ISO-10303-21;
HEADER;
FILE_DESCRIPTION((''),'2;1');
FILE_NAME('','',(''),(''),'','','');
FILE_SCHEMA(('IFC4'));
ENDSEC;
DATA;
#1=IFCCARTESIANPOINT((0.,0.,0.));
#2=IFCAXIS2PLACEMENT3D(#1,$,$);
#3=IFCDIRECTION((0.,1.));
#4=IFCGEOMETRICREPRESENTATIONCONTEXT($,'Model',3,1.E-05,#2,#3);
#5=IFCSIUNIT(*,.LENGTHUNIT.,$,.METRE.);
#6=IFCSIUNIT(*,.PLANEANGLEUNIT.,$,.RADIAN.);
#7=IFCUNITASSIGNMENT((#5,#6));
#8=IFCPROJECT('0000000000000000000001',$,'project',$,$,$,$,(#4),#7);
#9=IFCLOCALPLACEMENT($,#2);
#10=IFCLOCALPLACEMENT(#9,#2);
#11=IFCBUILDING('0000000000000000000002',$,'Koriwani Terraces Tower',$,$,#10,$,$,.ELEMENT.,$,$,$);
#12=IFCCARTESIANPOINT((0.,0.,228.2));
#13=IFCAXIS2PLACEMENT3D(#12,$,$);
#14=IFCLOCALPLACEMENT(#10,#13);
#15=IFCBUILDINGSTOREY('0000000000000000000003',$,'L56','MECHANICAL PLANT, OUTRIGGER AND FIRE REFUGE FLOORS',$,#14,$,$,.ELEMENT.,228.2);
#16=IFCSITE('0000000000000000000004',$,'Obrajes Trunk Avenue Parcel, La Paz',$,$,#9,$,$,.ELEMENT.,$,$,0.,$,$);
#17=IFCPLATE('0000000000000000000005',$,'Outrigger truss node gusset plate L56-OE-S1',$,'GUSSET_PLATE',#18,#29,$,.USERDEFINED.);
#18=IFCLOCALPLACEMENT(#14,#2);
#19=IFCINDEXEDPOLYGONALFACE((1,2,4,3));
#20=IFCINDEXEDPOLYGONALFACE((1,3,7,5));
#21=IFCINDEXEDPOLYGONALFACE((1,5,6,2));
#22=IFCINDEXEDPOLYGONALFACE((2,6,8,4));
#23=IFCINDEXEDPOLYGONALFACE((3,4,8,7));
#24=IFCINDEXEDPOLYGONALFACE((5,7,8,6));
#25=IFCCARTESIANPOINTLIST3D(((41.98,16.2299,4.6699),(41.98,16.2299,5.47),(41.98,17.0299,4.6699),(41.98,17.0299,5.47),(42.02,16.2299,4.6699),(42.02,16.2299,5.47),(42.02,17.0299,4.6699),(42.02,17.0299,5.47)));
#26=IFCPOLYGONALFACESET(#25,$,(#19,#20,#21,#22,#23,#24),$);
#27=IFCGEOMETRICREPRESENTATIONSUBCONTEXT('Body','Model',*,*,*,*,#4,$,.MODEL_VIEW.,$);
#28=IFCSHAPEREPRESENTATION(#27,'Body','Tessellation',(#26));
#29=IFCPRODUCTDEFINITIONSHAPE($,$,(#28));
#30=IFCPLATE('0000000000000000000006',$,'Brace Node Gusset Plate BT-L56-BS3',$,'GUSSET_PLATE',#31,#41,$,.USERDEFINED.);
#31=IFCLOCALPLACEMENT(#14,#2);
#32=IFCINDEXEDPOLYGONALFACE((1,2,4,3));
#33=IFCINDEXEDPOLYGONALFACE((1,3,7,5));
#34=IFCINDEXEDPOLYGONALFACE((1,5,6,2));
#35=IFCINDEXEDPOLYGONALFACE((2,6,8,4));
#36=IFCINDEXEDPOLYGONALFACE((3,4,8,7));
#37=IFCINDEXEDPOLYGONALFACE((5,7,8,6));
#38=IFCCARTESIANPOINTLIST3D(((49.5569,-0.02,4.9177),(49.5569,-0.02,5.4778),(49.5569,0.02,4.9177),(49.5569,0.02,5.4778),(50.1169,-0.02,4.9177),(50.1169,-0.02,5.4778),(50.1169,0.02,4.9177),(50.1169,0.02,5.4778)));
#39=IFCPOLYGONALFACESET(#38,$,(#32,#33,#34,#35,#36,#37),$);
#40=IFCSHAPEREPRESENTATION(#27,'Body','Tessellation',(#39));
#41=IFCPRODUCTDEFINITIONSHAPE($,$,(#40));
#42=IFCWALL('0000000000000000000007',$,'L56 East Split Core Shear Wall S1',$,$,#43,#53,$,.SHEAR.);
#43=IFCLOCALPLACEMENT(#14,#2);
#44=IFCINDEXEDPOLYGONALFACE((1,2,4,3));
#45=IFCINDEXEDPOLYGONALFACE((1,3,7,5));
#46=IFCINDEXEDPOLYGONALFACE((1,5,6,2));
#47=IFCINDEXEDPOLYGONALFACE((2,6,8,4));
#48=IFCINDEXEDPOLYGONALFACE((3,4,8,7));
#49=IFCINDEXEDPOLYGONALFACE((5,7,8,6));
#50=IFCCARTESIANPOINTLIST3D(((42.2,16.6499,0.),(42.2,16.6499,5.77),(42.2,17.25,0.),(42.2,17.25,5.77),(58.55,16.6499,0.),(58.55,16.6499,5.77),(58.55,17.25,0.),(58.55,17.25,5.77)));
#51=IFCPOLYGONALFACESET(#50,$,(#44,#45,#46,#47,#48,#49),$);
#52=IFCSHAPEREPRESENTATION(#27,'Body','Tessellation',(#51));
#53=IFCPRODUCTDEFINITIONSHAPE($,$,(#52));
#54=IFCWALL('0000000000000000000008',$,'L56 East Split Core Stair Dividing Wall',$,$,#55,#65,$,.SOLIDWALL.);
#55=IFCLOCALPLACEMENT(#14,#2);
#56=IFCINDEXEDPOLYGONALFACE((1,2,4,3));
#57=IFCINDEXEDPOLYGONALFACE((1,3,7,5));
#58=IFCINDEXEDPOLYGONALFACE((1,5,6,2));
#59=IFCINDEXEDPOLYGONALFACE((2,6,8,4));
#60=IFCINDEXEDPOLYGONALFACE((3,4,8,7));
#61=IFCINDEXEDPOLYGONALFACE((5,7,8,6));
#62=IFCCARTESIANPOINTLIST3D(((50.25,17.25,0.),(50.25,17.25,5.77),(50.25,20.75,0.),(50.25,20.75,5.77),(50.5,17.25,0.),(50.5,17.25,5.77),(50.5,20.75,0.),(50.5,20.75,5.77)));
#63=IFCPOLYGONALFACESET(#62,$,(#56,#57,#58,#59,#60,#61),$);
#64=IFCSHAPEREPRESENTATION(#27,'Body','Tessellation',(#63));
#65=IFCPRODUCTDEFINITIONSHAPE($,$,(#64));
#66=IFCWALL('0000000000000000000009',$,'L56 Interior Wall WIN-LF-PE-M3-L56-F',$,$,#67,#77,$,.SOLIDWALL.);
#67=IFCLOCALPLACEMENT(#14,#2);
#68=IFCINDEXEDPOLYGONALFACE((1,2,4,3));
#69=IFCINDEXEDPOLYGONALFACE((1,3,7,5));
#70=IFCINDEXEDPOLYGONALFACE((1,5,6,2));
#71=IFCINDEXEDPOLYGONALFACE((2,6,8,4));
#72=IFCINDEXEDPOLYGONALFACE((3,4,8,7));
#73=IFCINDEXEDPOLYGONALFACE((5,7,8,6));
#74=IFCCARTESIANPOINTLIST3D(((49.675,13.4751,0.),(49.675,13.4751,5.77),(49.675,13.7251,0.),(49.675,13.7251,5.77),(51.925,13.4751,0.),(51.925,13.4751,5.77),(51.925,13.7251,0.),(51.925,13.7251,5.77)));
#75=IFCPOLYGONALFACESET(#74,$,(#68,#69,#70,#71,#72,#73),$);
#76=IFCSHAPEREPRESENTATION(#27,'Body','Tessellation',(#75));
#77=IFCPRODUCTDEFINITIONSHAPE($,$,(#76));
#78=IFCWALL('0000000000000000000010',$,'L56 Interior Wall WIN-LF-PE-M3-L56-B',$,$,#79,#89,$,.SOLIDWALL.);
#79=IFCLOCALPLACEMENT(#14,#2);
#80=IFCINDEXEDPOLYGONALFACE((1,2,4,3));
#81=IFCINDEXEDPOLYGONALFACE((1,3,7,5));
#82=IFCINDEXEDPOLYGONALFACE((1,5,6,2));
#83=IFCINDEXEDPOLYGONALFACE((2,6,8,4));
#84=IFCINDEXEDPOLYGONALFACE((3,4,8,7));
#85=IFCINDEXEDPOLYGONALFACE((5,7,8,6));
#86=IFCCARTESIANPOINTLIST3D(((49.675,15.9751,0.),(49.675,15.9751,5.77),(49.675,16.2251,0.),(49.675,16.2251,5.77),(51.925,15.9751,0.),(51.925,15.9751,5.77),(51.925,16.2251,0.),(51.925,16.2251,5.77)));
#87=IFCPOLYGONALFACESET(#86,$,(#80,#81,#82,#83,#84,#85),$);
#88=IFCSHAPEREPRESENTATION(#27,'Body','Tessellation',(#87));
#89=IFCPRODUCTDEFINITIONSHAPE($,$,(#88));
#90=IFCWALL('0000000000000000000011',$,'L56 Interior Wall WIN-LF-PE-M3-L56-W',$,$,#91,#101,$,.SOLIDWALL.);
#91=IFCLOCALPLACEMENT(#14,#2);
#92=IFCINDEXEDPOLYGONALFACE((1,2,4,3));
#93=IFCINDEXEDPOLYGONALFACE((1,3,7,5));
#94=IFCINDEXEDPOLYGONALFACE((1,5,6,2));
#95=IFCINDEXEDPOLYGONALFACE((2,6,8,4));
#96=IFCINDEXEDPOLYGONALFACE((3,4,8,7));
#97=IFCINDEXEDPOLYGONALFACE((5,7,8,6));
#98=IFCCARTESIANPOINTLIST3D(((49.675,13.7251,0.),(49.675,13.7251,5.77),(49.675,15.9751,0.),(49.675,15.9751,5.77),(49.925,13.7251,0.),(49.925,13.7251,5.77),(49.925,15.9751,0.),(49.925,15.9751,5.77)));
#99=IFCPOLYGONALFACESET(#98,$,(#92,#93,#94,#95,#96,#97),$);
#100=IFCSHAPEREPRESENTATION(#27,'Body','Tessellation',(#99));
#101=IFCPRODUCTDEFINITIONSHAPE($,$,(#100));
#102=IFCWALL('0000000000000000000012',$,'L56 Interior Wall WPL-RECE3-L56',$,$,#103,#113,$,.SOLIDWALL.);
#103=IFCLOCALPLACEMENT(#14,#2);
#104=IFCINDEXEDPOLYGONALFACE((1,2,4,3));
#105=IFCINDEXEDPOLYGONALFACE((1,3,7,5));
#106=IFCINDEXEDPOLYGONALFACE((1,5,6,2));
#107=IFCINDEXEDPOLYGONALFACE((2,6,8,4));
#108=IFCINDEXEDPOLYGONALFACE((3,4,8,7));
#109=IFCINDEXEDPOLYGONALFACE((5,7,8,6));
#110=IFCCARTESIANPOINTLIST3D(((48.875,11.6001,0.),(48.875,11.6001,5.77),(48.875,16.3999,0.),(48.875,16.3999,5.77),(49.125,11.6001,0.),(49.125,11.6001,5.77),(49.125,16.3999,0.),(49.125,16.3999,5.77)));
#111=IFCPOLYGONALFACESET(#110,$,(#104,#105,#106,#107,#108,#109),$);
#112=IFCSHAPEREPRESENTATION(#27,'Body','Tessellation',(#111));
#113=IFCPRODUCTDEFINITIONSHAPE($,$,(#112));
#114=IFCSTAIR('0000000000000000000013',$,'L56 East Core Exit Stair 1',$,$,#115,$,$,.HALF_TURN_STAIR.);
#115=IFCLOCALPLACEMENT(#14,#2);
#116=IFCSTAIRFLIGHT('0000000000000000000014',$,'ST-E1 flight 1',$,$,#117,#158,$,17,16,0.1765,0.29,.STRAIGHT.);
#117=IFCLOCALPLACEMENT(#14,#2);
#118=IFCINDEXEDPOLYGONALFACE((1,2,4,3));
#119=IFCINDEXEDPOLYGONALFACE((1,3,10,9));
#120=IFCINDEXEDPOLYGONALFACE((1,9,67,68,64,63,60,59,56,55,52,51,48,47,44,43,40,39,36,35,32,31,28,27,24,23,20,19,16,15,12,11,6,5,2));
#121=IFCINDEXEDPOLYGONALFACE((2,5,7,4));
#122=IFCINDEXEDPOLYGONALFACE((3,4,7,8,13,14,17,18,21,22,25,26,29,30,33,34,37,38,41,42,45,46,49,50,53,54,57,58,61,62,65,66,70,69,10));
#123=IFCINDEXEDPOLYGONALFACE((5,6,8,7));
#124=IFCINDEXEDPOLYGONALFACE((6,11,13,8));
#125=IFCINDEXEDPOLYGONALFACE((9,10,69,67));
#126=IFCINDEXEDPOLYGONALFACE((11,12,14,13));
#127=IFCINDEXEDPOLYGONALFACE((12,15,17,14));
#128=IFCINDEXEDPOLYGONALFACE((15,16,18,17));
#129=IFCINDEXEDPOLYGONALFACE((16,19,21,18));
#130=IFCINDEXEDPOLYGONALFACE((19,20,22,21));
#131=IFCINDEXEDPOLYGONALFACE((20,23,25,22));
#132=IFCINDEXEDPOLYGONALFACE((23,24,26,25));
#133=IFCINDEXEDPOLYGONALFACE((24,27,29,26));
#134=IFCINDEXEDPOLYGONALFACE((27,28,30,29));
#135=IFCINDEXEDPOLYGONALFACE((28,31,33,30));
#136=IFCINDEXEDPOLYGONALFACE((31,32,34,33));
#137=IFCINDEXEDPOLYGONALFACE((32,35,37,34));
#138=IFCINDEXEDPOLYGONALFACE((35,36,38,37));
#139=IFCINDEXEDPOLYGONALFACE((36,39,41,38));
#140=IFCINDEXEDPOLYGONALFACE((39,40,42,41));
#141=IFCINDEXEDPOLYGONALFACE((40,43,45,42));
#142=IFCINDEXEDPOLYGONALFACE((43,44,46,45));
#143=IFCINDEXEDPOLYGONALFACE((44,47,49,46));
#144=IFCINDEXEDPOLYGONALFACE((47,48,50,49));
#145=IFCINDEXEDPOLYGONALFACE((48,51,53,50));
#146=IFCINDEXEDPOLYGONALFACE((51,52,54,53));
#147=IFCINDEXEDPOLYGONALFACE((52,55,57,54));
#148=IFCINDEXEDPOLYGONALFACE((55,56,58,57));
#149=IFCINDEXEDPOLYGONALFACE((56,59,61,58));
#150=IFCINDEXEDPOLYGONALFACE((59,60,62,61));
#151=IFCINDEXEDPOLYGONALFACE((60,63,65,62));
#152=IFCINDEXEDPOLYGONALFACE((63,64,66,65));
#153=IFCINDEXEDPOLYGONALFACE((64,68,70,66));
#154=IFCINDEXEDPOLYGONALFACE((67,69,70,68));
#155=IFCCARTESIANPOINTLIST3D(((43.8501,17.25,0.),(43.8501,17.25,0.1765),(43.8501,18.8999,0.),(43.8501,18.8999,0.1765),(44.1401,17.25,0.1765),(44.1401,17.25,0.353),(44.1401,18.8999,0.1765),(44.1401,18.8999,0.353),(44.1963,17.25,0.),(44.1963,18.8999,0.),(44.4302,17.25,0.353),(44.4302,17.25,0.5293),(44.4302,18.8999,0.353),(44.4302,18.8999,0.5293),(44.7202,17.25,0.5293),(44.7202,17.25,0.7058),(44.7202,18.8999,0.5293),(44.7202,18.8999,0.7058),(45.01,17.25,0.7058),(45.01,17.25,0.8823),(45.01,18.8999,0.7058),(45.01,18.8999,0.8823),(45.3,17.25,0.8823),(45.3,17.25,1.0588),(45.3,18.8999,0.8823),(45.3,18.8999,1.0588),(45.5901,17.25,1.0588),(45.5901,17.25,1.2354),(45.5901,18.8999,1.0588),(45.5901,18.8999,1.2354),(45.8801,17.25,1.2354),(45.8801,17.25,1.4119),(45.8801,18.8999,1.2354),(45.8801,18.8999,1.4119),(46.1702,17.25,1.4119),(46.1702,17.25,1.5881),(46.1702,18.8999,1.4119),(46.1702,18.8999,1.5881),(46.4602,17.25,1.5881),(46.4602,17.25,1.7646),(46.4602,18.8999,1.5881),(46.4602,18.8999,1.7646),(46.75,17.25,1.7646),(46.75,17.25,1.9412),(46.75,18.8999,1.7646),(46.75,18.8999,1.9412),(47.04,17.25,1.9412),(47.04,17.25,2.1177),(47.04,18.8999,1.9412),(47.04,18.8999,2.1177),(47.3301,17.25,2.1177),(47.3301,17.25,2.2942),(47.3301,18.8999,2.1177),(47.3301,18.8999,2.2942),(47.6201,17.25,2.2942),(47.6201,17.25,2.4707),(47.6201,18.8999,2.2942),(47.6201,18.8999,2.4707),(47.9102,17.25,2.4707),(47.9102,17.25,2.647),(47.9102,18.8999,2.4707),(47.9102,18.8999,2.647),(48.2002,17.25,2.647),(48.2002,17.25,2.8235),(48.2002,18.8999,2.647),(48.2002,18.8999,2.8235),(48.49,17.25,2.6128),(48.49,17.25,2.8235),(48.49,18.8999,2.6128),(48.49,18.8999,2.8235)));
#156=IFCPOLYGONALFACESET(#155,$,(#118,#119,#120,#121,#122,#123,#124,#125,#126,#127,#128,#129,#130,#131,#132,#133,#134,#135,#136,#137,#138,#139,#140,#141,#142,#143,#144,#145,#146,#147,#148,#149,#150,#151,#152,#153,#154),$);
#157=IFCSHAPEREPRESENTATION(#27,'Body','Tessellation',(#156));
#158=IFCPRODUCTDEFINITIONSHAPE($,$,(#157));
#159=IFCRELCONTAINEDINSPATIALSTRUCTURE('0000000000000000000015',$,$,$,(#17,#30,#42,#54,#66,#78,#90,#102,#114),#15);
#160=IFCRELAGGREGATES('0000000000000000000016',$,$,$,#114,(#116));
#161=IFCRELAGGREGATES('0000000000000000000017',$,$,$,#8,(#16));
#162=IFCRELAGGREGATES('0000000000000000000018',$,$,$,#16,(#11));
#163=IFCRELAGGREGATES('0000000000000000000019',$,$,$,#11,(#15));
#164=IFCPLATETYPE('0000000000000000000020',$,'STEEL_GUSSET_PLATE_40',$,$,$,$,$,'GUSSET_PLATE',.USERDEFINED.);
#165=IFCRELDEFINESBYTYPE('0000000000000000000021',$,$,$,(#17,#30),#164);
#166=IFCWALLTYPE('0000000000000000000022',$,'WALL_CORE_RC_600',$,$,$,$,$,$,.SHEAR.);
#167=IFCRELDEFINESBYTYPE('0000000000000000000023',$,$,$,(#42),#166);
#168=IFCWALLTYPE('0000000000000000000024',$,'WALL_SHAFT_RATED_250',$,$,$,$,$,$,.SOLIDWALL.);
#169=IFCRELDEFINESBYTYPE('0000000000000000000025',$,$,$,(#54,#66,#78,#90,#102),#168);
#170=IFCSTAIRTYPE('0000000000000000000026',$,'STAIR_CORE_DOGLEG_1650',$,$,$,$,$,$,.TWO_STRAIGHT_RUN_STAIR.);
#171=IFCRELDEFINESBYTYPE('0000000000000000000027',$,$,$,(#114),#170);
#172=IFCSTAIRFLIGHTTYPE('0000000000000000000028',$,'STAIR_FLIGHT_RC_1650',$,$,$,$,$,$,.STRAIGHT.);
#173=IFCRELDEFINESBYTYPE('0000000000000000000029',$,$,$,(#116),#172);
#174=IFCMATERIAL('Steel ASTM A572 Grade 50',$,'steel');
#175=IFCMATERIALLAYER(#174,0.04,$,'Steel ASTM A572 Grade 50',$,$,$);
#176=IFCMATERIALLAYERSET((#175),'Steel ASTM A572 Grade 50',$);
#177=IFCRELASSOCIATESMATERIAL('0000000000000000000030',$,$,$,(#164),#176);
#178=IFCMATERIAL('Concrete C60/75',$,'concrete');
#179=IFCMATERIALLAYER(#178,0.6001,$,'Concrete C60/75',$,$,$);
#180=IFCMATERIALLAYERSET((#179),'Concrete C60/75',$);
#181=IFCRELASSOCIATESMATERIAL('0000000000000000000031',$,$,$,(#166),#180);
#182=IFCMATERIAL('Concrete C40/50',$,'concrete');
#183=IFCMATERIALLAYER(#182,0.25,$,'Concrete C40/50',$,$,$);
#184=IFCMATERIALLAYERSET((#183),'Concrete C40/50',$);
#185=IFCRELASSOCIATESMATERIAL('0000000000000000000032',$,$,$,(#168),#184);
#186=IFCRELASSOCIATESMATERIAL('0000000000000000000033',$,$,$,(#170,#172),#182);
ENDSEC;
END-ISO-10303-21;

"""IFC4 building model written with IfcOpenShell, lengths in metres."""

from ifc_helpers import new_model, si_unit, direction, frame, frame_2d, origin, origin_2d, place, context, subcontext, project, spatial, polyline, rectangle, outline, extrude, material, layer, layer_set, type_object, element, aggregate, save


model = new_model("IFC4")

# Units and contexts
model_context = context("Model", 3, precision=1e-05, world=origin(), true_north=direction((0.0, 1.0)))
body_context = subcontext(model_context, "Body", "Model", "MODEL_VIEW")
ifc_project = project(units=[si_unit("LENGTHUNIT", "METRE"), si_unit("PLANEANGLEUNIT", "RADIAN")], contexts=[model_context])

# Site, building, storey
site_placement = place(None, origin())
site = spatial("IfcSite", under=ifc_project, at=site_placement, Name="Obrajes Trunk Avenue Parcel, La Paz", CompositionType="ELEMENT", RefElevation=0.0)
building_placement = place(site_placement, origin())
building = spatial("IfcBuilding", under=site, at=building_placement, Name="Koriwani Terraces Tower", CompositionType="ELEMENT")
storey_placement = place(building_placement, frame((0.0, 0.0, 228.2)))
storey = spatial("IfcBuildingStorey", under=building, at=storey_placement, Name="L56", Description="MECHANICAL PLANT, OUTRIGGER AND FIRE REFUGE FLOORS", CompositionType="ELEMENT", Elevation=228.2)

# Shared definitions
ifc_material_1 = material(Name="Concrete C40/50", Category="concrete")

# Shared definitions
ifc_material_2 = material(Name="Steel ASTM A572 Grade 50", Category="steel")

# Plates
ifc_layer_1 = layer(ifc_material_2, 0.04, Name="Steel ASTM A572 Grade 50")
ifc_layer_set_1 = layer_set([ifc_layer_1], Name="Steel ASTM A572 Grade 50")
plate_type_1 = type_object("IfcPlateType", Name="STEEL_GUSSET_PLATE_40", ElementType="GUSSET_PLATE", PredefinedType="USERDEFINED", material=ifc_layer_set_1)
plate_1_placement = place(storey_placement, frame((42.0, 16.6299, 4.6699), z_axis=(0.0, 0.0, 1.0), x_axis=(0.0, 1.0, 0.0)))
element("IfcPlate", 1, at=plate_1_placement, inside=storey, type_object=plate_type_1, Name="Outrigger truss node gusset plate L56-OE-S1", ObjectType="GUSSET_PLATE", PredefinedType="USERDEFINED", context=body_context, shape_type="SweptSolid", body=[
    extrude(rectangle(XDim=0.8, YDim=0.04, at=origin_2d()), origin(), (0.0, 0.0, 1.0), 0.8),
])
plate_2_placement = place(storey_placement, frame((49.8369, 0.0, 4.9177), z_axis=(0.0, 0.0, 1.0), x_axis=(1.0, 0.0, 0.0)))
element("IfcPlate", 2, at=plate_2_placement, inside=storey, type_object=plate_type_1, Name="Brace Node Gusset Plate BT-L56-BS3", ObjectType="GUSSET_PLATE", PredefinedType="USERDEFINED", context=body_context, shape_type="SweptSolid", body=[
    extrude(rectangle(XDim=0.5601, YDim=0.04, at=origin_2d()), origin(), (0.0, 0.0, 1.0), 0.5601),
])

# Walls
ifc_material_3 = material(Name="Concrete C60/75", Category="concrete")
ifc_layer_2 = layer(ifc_material_3, 0.6001, Name="Concrete C60/75")
ifc_layer_set_2 = layer_set([ifc_layer_2], Name="Concrete C60/75")
wall_type_1 = type_object("IfcWallType", Name="WALL_CORE_RC_600", PredefinedType="SHEAR", material=ifc_layer_set_2)
wall_1_placement = place(storey_placement, frame((42.2, 16.95, 0.0), z_axis=(0.0, 0.0, 1.0), x_axis=(1.0, 0.0, 0.0)))
element("IfcWall", 3, at=wall_1_placement, inside=storey, type_object=wall_type_1, Name="L56 East Split Core Shear Wall S1", PredefinedType="SHEAR", context=body_context, shape_type="SweptSolid", body=[
    extrude(rectangle(XDim=16.3501, YDim=0.6001, at=frame_2d((8.175, 0.0))), origin(), (0.0, 0.0, 1.0), 5.77),
])
ifc_layer_3 = layer(ifc_material_1, 0.25, Name="Concrete C40/50")
ifc_layer_set_3 = layer_set([ifc_layer_3], Name="Concrete C40/50")
wall_type_2 = type_object("IfcWallType", Name="WALL_SHAFT_RATED_250", PredefinedType="SOLIDWALL", material=ifc_layer_set_3)
wall_2_placement = place(storey_placement, frame((50.375, 17.25, 0.0), z_axis=(0.0, 0.0, 1.0), x_axis=(0.0, 1.0, 0.0)))
element("IfcWall", 4, at=wall_2_placement, inside=storey, type_object=wall_type_2, Name="L56 East Split Core Stair Dividing Wall", PredefinedType="SOLIDWALL", context=body_context, shape_type="SweptSolid", body=[
    extrude(rectangle(XDim=3.5, YDim=0.25, at=frame_2d((1.75, 0.0))), origin(), (0.0, 0.0, 1.0), 5.77),
])

# Walls
for number, where, z_axis, x_axis, name in (
    (5, (49.675, 13.6001, 0.0), (0.0, 0.0, 1.0), (1.0, 0.0, 0.0), "L56 Interior Wall WIN-LF-PE-M3-L56-F"),
    (6, (49.675, 16.1001, 0.0), (0.0, 0.0, 1.0), (1.0, 0.0, 0.0), "L56 Interior Wall WIN-LF-PE-M3-L56-B"),
    (7, (49.8, 13.7251, 0.0), (0.0, 0.0, 1.0), (0.0, 1.0, 0.0), "L56 Interior Wall WIN-LF-PE-M3-L56-W"),
):
    element("IfcWall", number, at=place(storey_placement, frame(where, z_axis=z_axis, x_axis=x_axis)), inside=storey, type_object=wall_type_2, Name=name, PredefinedType="SOLIDWALL", context=body_context, shape_type="SweptSolid", body=[
        extrude(rectangle(XDim=2.25, YDim=0.25, at=frame_2d((1.125, 0.0))), origin(), (0.0, 0.0, 1.0), 5.77),
    ])
wall_3_placement = place(storey_placement, frame((49.0, 11.6001, 0.0), z_axis=(0.0, 0.0, 1.0), x_axis=(0.0, 1.0, 0.0)))
element("IfcWall", 8, at=wall_3_placement, inside=storey, type_object=wall_type_2, Name="L56 Interior Wall WPL-RECE3-L56", PredefinedType="SOLIDWALL", context=body_context, shape_type="SweptSolid", body=[
    extrude(rectangle(XDim=4.7998, YDim=0.25, at=frame_2d((2.3999, 0.0))), origin(), (0.0, 0.0, 1.0), 5.77),
])

# Stair, stair flight
stair_type = type_object("IfcStairType", Name="STAIR_CORE_DOGLEG_1650", PredefinedType="TWO_STRAIGHT_RUN_STAIR", material=ifc_material_1)
stair_placement = place(storey_placement, origin())
stair = element("IfcStair", 9, at=stair_placement, inside=storey, type_object=stair_type, Name="L56 East Core Exit Stair 1", PredefinedType="HALF_TURN_STAIR")
stair_flight_type = type_object("IfcStairFlightType", Name="STAIR_FLIGHT_RC_1650", PredefinedType="STRAIGHT", material=ifc_material_1)
stair_flight_placement = place(storey_placement, frame((43.8501, 18.075, 0.0), z_axis=(0.0, 0.0, 1.0), x_axis=(1.0, 0.0, 0.0)))
stair_flight = element("IfcStairFlight", 10, at=stair_flight_placement, type_object=stair_flight_type, Name="ST-E1 flight 1", NumberOfRisers=17, NumberOfTreads=16, PredefinedType="STRAIGHT", RiserHeight=0.1765, TreadLength=0.29, context=body_context, shape_type="SweptSolid", body=[
    extrude(outline(polyline([(0.0, 0.0), (0.0, 0.1765), (0.29, 0.1765), (0.29, 0.353), (0.5801, 0.353), (0.5801, 0.5293), (0.8701, 0.5293), (0.8701, 0.7058), (1.1599, 0.7058), (1.1599, 0.8823), (1.45, 0.8823), (1.45, 1.0588), (1.74, 1.0588), (1.74, 1.2354), (2.03, 1.2354), (2.03, 1.4119), (2.3201, 1.4119), (2.3201, 1.5881), (2.6101, 1.5881), (2.6101, 1.7646), (2.8999, 1.7646), (2.8999, 1.9412), (3.1899, 1.9412), (3.1899, 2.1177), (3.48, 2.1177), (3.48, 2.2942), (3.77, 2.2942), (3.77, 2.4707), (4.0601, 2.4707), (4.0601, 2.647), (4.3501, 2.647), (4.3501, 2.8235), (4.6399, 2.8235), (4.6399, 3.0), (4.6399, 2.6128), (0.3462, 0.0), (0.0, 0.0)])), frame((0.0, 0.825, 0.0), z_axis=(0.0, -1.0, 0.0), x_axis=(1.0, 0.0, 0.0)), (0.0, 0.0, 1.0), 1.6499),
])
aggregate(stair, [stair_flight])

save(model, "model.ifc")
